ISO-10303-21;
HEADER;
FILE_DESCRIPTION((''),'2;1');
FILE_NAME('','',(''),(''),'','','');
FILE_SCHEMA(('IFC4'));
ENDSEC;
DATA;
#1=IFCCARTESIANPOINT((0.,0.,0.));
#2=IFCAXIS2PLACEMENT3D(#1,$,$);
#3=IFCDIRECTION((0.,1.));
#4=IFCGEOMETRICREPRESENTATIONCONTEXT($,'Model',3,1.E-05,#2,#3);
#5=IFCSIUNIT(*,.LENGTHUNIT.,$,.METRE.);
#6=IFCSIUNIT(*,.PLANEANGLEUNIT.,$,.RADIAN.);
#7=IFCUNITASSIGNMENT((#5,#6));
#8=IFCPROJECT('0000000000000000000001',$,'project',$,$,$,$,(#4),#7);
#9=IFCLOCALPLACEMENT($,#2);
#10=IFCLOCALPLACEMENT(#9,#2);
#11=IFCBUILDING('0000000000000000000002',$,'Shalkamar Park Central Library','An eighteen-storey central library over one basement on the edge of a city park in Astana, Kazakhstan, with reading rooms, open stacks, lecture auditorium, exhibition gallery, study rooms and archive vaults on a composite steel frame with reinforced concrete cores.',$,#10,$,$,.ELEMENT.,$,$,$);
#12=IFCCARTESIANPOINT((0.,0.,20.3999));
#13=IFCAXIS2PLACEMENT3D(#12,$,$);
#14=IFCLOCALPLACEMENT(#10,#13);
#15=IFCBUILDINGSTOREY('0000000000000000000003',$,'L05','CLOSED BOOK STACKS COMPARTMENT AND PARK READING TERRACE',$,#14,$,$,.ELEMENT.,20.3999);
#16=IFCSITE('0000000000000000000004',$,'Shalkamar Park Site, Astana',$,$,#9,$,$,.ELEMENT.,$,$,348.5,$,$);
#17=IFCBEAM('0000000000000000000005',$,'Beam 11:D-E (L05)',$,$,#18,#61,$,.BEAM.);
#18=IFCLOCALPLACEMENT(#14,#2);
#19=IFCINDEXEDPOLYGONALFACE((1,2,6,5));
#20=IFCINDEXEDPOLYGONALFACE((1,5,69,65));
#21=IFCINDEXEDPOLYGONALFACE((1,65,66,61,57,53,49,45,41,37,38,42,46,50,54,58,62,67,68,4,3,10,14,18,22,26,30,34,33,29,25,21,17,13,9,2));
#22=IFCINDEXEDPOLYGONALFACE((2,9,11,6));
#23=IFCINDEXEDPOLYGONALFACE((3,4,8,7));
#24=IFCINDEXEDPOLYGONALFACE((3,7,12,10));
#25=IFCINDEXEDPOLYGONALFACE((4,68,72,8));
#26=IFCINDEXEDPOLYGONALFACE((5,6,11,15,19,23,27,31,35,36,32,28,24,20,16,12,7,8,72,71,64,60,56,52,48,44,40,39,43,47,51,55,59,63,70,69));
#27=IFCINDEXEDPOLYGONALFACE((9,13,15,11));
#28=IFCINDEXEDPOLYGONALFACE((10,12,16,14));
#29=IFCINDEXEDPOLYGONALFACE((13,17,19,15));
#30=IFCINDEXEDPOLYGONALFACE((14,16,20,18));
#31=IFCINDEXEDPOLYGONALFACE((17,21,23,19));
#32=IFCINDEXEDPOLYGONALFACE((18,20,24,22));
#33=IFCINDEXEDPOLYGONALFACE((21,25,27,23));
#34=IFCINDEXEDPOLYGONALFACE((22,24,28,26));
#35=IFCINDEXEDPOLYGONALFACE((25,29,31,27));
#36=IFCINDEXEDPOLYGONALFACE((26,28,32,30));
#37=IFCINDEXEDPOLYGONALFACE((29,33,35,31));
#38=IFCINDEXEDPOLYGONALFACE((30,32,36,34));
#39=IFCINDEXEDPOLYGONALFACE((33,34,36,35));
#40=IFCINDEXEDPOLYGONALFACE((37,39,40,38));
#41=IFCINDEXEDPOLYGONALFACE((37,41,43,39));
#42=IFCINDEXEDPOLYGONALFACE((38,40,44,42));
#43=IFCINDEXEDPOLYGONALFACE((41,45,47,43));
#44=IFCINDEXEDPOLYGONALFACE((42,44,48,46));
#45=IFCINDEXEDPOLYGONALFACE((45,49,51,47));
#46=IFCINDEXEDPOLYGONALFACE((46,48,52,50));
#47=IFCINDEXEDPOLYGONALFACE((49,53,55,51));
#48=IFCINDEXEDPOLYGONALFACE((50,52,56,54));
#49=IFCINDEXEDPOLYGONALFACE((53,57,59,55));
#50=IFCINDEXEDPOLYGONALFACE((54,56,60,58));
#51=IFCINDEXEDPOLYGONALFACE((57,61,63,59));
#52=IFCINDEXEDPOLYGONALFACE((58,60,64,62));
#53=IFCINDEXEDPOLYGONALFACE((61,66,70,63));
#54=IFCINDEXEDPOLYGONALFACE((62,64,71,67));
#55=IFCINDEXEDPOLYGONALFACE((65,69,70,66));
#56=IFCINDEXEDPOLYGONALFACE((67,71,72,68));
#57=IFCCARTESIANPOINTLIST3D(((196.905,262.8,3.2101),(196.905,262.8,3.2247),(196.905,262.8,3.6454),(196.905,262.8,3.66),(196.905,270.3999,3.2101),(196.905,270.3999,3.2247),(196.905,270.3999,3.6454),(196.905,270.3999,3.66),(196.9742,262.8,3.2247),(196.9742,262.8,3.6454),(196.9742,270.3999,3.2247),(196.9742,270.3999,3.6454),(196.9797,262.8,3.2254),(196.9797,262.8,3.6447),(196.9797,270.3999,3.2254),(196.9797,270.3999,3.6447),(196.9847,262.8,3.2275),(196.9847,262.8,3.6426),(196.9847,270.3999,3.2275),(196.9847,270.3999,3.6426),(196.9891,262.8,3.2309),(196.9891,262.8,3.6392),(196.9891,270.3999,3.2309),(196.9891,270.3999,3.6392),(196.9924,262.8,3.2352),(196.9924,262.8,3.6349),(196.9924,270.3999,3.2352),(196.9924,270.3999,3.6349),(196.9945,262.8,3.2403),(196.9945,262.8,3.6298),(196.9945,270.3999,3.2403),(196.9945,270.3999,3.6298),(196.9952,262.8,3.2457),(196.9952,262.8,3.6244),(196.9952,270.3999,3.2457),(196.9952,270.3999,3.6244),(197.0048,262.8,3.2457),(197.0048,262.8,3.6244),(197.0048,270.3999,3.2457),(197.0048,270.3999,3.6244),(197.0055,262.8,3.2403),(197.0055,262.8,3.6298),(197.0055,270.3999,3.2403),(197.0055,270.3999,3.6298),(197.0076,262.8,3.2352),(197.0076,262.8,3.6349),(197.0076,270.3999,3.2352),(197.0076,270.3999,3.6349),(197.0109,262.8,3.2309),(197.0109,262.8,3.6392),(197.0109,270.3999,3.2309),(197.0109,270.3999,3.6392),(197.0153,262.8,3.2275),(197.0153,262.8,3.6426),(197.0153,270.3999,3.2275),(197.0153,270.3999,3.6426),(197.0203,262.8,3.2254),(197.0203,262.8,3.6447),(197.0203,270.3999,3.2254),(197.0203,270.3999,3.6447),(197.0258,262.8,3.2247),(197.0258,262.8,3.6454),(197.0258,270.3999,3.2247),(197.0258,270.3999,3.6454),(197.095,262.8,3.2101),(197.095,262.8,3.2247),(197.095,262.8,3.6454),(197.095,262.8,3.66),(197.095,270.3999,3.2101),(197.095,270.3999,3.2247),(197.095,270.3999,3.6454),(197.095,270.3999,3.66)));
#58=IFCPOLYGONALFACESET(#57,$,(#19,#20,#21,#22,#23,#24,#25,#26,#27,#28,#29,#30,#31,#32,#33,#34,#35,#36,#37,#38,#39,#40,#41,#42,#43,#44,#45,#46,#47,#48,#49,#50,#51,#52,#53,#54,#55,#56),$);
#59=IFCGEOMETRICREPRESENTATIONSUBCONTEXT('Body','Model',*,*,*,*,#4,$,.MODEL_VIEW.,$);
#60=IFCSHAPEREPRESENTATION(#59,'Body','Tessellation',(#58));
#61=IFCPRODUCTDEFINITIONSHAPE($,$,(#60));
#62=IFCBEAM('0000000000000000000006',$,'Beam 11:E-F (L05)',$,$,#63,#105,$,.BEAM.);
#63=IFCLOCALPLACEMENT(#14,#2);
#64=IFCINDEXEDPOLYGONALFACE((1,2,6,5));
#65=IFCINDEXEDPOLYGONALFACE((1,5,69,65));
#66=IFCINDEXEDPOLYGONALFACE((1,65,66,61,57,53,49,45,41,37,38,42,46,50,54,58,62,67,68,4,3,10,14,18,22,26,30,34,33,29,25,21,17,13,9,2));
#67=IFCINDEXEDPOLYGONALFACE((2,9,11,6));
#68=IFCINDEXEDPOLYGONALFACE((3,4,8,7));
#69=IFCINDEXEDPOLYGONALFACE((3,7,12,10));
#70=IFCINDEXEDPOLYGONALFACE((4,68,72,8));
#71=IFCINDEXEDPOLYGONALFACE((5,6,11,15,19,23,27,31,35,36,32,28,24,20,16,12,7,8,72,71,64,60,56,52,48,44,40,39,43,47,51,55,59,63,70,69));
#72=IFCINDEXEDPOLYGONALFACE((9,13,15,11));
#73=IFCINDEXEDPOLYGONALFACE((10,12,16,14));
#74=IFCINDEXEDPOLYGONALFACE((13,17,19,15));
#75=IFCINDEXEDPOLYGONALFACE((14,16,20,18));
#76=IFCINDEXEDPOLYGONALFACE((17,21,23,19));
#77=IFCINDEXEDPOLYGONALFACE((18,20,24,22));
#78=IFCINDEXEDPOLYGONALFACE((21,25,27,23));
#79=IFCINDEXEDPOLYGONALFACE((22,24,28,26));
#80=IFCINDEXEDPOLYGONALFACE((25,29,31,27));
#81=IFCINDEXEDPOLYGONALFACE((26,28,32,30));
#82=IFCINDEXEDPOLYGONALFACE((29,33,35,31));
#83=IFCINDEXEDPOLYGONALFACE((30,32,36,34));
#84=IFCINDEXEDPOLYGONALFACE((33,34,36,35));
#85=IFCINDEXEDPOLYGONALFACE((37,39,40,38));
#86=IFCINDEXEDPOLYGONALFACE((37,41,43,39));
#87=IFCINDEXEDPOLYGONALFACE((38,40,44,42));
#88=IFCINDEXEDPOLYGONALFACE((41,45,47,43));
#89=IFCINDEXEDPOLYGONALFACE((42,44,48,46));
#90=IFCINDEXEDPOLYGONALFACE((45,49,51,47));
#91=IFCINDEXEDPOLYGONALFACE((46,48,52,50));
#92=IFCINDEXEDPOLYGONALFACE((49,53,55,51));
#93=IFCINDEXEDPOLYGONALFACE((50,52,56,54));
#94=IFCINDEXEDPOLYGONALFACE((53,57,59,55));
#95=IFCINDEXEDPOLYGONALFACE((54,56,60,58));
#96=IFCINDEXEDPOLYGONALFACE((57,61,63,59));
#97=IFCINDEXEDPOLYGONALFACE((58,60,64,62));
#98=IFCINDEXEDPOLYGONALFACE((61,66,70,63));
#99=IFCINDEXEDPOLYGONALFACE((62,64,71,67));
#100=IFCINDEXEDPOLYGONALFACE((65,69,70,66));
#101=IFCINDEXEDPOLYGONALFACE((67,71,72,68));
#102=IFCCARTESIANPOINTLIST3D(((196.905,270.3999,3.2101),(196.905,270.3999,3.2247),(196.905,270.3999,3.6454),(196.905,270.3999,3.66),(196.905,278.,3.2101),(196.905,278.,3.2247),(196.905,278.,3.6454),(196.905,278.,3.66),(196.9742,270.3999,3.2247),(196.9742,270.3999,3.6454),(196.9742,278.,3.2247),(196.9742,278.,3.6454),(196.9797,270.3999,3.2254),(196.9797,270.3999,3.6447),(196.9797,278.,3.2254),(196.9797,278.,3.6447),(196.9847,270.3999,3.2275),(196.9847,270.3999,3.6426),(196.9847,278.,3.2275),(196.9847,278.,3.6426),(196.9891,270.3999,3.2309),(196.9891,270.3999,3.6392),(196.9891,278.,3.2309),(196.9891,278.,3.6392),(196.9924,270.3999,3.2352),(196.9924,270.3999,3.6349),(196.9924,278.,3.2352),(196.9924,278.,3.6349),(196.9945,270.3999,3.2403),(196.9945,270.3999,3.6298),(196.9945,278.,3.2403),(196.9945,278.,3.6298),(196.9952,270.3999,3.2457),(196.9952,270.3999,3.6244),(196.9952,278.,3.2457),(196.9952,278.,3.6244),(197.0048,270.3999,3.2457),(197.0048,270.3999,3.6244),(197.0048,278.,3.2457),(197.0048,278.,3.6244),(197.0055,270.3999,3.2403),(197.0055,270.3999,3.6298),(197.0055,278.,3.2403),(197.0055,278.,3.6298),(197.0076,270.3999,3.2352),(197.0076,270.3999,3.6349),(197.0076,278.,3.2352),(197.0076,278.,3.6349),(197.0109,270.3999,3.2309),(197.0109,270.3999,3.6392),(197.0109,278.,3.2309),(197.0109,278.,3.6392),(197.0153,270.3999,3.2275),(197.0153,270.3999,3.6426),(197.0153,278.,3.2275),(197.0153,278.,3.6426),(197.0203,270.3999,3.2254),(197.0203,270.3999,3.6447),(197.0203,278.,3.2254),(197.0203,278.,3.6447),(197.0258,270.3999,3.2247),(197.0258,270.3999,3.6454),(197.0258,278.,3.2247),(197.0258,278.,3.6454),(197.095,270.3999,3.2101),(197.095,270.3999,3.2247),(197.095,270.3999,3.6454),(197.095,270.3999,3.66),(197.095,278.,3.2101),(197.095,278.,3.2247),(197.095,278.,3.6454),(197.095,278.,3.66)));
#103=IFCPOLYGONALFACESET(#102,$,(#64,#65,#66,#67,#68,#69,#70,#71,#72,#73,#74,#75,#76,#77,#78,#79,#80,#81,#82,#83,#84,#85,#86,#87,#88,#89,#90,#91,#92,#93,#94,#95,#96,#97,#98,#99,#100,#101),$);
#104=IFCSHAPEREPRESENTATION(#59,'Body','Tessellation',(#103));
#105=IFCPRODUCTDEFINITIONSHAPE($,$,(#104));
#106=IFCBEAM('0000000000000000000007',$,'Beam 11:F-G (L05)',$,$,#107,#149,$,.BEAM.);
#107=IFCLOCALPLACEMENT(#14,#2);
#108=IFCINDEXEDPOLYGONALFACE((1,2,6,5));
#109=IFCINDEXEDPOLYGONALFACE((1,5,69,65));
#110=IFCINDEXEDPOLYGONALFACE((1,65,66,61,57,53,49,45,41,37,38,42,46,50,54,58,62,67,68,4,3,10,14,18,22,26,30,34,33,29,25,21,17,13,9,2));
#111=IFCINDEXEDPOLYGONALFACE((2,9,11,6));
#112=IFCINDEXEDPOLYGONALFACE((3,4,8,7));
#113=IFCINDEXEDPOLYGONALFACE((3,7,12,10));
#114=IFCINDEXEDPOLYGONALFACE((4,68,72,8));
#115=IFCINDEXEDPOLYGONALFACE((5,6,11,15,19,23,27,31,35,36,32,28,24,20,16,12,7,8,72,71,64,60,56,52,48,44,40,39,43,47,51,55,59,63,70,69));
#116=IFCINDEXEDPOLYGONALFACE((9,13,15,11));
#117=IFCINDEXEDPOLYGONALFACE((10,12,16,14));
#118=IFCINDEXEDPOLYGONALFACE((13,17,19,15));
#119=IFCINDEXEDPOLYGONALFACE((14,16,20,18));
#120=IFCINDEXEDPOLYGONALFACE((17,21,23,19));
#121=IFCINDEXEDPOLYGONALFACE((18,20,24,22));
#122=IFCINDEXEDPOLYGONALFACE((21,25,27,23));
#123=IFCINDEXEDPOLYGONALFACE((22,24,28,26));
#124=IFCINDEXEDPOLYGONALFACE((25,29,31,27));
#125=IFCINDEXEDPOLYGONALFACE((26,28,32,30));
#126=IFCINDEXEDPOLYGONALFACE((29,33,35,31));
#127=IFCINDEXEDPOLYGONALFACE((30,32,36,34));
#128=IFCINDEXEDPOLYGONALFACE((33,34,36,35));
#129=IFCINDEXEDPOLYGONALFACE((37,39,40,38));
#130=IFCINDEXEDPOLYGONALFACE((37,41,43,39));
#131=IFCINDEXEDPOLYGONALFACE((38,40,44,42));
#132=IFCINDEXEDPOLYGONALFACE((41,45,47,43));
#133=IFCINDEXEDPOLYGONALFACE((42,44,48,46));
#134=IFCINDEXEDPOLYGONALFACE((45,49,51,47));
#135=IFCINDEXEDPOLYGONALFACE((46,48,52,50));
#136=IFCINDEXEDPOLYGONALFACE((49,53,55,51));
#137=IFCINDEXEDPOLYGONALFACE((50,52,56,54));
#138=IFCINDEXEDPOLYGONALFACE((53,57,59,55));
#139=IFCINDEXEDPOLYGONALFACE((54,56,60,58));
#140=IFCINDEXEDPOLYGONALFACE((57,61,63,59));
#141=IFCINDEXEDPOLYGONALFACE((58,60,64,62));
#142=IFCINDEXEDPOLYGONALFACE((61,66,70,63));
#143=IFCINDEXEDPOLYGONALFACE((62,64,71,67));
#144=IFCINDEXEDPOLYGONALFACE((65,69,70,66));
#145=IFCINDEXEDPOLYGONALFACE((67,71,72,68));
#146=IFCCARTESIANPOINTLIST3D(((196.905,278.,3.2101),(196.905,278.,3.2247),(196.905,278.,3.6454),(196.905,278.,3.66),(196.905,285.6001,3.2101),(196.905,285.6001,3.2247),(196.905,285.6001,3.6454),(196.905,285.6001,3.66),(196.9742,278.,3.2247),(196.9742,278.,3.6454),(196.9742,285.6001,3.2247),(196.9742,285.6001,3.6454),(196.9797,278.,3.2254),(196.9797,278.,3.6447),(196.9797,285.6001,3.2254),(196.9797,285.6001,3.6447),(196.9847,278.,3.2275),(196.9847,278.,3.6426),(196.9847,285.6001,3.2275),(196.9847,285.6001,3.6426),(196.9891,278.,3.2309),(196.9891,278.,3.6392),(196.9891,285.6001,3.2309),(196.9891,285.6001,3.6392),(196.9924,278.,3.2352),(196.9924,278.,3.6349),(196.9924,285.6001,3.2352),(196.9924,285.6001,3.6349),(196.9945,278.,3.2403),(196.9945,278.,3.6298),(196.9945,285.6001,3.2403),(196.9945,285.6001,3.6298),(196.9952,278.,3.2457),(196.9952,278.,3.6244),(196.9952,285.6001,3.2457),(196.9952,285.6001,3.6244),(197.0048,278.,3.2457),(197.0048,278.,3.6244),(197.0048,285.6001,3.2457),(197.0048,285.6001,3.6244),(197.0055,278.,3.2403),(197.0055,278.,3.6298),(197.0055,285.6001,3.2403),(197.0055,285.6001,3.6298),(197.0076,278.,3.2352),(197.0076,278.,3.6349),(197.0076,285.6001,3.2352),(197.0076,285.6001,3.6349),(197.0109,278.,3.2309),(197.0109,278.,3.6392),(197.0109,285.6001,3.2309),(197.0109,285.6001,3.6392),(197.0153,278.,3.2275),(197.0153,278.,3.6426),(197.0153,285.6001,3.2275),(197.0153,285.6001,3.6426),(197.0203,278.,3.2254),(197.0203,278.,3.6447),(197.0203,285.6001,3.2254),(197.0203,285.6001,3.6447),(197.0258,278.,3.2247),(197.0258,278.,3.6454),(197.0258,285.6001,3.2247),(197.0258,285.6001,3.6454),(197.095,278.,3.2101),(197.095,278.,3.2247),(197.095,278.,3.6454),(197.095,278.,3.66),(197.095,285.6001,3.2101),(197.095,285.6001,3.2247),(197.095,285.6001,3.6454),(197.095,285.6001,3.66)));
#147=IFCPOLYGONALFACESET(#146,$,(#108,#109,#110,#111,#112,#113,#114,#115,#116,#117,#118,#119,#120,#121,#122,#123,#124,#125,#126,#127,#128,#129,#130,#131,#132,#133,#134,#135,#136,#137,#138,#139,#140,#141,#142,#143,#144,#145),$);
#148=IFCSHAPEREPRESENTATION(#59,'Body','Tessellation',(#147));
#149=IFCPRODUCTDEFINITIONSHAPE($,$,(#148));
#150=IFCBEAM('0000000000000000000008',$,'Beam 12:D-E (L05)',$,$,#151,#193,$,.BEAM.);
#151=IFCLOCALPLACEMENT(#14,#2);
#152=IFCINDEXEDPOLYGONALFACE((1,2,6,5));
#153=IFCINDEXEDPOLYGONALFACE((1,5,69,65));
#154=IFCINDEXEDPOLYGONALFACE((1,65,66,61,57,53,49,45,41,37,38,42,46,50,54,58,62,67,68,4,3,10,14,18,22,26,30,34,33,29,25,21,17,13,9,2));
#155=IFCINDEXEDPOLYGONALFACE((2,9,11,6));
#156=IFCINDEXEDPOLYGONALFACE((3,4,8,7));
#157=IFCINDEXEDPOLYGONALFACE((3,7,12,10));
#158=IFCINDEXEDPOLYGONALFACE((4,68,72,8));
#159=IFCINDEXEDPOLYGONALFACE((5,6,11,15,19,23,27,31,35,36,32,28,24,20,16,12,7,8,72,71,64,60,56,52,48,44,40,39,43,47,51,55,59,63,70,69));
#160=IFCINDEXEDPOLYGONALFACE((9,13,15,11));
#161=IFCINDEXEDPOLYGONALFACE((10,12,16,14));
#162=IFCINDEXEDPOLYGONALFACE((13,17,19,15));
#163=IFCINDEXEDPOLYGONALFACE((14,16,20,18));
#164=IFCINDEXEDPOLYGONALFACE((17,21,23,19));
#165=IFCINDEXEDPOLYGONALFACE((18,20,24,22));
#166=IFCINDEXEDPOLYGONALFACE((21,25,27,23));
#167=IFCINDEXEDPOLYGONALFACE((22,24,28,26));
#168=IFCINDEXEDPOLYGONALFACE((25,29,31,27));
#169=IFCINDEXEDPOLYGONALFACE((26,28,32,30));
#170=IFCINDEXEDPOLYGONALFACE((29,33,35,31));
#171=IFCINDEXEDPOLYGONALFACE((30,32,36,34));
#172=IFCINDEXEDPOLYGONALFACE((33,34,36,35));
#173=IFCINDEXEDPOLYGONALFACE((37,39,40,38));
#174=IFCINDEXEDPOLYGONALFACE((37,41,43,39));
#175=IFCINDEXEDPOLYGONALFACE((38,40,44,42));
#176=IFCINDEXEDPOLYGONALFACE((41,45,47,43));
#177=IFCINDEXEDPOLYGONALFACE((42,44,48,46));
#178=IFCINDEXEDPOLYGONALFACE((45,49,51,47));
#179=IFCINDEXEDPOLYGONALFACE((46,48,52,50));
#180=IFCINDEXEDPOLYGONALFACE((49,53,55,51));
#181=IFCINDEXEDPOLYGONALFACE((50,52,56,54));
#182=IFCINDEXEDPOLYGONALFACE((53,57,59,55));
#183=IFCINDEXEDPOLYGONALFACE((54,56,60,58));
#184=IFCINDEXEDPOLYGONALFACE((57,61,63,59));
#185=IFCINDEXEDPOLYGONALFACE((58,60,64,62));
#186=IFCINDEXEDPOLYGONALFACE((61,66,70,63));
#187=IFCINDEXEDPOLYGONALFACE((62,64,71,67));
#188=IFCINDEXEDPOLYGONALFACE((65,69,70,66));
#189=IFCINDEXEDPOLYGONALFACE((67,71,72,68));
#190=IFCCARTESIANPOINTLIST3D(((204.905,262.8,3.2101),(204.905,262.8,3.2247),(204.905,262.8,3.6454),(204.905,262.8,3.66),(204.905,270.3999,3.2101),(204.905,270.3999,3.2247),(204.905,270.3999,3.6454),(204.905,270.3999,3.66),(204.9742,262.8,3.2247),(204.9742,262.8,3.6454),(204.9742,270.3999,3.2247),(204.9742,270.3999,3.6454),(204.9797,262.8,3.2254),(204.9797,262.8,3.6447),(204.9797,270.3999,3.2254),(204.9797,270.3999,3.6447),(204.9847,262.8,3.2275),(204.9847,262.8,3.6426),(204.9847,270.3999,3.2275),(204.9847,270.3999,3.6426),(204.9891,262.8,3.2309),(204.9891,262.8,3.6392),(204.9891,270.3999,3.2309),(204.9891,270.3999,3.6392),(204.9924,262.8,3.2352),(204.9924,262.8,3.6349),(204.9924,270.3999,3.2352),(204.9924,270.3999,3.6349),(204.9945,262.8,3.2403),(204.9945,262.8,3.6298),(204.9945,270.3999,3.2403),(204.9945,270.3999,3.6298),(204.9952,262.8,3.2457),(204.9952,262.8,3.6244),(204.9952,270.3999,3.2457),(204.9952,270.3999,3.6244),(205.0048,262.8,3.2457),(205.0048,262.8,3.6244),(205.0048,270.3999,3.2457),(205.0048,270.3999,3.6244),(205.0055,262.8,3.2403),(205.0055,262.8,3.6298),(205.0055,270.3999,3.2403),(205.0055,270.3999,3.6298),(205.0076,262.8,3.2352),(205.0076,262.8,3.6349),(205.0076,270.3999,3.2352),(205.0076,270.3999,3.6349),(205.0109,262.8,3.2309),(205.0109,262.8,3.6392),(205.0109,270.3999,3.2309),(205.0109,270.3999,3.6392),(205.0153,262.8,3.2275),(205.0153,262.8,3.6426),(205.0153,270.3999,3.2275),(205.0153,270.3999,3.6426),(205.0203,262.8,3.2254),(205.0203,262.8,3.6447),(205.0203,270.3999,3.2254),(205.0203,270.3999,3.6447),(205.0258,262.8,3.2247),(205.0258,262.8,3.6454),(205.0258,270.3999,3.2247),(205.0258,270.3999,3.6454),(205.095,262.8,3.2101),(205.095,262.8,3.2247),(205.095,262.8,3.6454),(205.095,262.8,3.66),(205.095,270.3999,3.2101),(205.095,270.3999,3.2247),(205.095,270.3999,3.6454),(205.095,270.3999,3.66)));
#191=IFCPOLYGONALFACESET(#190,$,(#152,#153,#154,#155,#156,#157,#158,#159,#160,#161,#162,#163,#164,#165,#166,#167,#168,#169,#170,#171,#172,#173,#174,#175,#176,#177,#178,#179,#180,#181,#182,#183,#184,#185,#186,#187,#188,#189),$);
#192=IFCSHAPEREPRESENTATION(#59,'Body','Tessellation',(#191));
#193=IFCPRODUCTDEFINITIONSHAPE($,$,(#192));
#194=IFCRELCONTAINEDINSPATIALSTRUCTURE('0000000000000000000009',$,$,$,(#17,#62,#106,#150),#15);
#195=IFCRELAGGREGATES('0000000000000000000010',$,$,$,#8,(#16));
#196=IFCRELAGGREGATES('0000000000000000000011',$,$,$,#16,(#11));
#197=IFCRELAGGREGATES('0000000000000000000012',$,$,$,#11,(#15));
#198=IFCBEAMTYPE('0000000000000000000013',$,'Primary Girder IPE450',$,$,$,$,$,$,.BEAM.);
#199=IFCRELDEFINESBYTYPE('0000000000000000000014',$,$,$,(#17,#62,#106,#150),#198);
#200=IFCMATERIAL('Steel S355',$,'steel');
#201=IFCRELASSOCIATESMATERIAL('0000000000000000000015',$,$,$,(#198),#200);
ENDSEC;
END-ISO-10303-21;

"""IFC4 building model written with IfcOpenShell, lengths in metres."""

from ifc_helpers import new_model, si_unit, direction, frame, origin, origin_2d, place, context, subcontext, project, spatial, i_section, extrude, material, material_profile, profile_set, type_object, element, save


model = new_model("IFC4")

# Units and contexts
model_context = context("Model", 3, precision=1e-05, world=origin(), true_north=direction((0.0, 1.0)))
body_context = subcontext(model_context, "Body", "Model", "MODEL_VIEW")
ifc_project = project(units=[si_unit("LENGTHUNIT", "METRE"), si_unit("PLANEANGLEUNIT", "RADIAN")], contexts=[model_context])

# Site, building, storey
site_placement = place(None, origin())
site = spatial("IfcSite", under=ifc_project, at=site_placement, Name="Shalkamar Park Site, Astana", CompositionType="ELEMENT", RefElevation=348.5)
building_placement = place(site_placement, origin())
building = spatial("IfcBuilding", under=site, at=building_placement, Name="Shalkamar Park Central Library", Description="An eighteen-storey central library over one basement on the edge of a city park in Astana, Kazakhstan, with reading rooms, open stacks, lecture auditorium, exhibition gallery, study rooms and archive vaults on a composite steel frame with reinforced concrete cores.", CompositionType="ELEMENT")
storey_placement = place(building_placement, frame((0.0, 0.0, 20.3999)))
storey = spatial("IfcBuildingStorey", under=building, at=storey_placement, Name="L05", Description="CLOSED BOOK STACKS COMPARTMENT AND PARK READING TERRACE", CompositionType="ELEMENT", Elevation=20.3999)

# Shared definitions
ifc_material_1 = material(Name="Steel S355", Category="steel")

# Beams
ifc_material_profile_1 = material_profile(ifc_material_1, i_section(OverallWidth=0.1899, OverallDepth=0.45, WebThickness=0.0095, FlangeThickness=0.0146, FilletRadius=0.021, at=origin_2d()), Name="IPE 450")
ifc_profile_set_1 = profile_set([ifc_material_profile_1], Name="Steel S355")
beam_type_1 = type_object("IfcBeamType", Name="Primary Girder IPE450", PredefinedType="BEAM", material=ifc_profile_set_1)
beam_1_placement = place(storey_placement, frame((197.0, 262.8, 3.4351), z_axis=(0.0, 1.0, 0.0), x_axis=(-1.0, 0.0, 0.0)))
element("IfcBeam", 1, at=beam_1_placement, inside=storey, type_object=beam_type_1, Name="Beam 11:D-E (L05)", PredefinedType="BEAM", context=body_context, shape_type="SweptSolid", body=[
    extrude(i_section(OverallWidth=0.1899, OverallDepth=0.45, WebThickness=0.0095, FlangeThickness=0.0146, FilletRadius=0.021, at=origin_2d()), origin(), (0.0, 0.0, 1.0), 7.5999),
])
for number, where, z_axis, x_axis, name in (
    (2, (197.0, 270.3999, 3.4351), (0.0, 1.0, 0.0), (-1.0, 0.0, 0.0), "Beam 11:E-F (L05)"),
    (3, (197.0, 278.0, 3.4351), (0.0, 1.0, 0.0), (-1.0, 0.0, 0.0), "Beam 11:F-G (L05)"),
):
    element("IfcBeam", number, at=place(storey_placement, frame(where, z_axis=z_axis, x_axis=x_axis)), inside=storey, type_object=beam_type_1, Name=name, PredefinedType="BEAM", context=body_context, shape_type="SweptSolid", body=[
        extrude(i_section(OverallWidth=0.1899, OverallDepth=0.45, WebThickness=0.0095, FlangeThickness=0.0146, FilletRadius=0.021, at=origin_2d()), origin(), (0.0, 0.0, 1.0), 7.6001),
    ])
beam_2_placement = place(storey_placement, frame((205.0, 262.8, 3.4351), z_axis=(0.0, 1.0, 0.0), x_axis=(-1.0, 0.0, 0.0)))
element("IfcBeam", 4, at=beam_2_placement, inside=storey, type_object=beam_type_1, Name="Beam 12:D-E (L05)", PredefinedType="BEAM", context=body_context, shape_type="SweptSolid", body=[
    extrude(i_section(OverallWidth=0.1899, OverallDepth=0.45, WebThickness=0.0095, FlangeThickness=0.0146, FilletRadius=0.021, at=origin_2d()), origin(), (0.0, 0.0, 1.0), 7.5999),
])

save(model, "model.ifc")
